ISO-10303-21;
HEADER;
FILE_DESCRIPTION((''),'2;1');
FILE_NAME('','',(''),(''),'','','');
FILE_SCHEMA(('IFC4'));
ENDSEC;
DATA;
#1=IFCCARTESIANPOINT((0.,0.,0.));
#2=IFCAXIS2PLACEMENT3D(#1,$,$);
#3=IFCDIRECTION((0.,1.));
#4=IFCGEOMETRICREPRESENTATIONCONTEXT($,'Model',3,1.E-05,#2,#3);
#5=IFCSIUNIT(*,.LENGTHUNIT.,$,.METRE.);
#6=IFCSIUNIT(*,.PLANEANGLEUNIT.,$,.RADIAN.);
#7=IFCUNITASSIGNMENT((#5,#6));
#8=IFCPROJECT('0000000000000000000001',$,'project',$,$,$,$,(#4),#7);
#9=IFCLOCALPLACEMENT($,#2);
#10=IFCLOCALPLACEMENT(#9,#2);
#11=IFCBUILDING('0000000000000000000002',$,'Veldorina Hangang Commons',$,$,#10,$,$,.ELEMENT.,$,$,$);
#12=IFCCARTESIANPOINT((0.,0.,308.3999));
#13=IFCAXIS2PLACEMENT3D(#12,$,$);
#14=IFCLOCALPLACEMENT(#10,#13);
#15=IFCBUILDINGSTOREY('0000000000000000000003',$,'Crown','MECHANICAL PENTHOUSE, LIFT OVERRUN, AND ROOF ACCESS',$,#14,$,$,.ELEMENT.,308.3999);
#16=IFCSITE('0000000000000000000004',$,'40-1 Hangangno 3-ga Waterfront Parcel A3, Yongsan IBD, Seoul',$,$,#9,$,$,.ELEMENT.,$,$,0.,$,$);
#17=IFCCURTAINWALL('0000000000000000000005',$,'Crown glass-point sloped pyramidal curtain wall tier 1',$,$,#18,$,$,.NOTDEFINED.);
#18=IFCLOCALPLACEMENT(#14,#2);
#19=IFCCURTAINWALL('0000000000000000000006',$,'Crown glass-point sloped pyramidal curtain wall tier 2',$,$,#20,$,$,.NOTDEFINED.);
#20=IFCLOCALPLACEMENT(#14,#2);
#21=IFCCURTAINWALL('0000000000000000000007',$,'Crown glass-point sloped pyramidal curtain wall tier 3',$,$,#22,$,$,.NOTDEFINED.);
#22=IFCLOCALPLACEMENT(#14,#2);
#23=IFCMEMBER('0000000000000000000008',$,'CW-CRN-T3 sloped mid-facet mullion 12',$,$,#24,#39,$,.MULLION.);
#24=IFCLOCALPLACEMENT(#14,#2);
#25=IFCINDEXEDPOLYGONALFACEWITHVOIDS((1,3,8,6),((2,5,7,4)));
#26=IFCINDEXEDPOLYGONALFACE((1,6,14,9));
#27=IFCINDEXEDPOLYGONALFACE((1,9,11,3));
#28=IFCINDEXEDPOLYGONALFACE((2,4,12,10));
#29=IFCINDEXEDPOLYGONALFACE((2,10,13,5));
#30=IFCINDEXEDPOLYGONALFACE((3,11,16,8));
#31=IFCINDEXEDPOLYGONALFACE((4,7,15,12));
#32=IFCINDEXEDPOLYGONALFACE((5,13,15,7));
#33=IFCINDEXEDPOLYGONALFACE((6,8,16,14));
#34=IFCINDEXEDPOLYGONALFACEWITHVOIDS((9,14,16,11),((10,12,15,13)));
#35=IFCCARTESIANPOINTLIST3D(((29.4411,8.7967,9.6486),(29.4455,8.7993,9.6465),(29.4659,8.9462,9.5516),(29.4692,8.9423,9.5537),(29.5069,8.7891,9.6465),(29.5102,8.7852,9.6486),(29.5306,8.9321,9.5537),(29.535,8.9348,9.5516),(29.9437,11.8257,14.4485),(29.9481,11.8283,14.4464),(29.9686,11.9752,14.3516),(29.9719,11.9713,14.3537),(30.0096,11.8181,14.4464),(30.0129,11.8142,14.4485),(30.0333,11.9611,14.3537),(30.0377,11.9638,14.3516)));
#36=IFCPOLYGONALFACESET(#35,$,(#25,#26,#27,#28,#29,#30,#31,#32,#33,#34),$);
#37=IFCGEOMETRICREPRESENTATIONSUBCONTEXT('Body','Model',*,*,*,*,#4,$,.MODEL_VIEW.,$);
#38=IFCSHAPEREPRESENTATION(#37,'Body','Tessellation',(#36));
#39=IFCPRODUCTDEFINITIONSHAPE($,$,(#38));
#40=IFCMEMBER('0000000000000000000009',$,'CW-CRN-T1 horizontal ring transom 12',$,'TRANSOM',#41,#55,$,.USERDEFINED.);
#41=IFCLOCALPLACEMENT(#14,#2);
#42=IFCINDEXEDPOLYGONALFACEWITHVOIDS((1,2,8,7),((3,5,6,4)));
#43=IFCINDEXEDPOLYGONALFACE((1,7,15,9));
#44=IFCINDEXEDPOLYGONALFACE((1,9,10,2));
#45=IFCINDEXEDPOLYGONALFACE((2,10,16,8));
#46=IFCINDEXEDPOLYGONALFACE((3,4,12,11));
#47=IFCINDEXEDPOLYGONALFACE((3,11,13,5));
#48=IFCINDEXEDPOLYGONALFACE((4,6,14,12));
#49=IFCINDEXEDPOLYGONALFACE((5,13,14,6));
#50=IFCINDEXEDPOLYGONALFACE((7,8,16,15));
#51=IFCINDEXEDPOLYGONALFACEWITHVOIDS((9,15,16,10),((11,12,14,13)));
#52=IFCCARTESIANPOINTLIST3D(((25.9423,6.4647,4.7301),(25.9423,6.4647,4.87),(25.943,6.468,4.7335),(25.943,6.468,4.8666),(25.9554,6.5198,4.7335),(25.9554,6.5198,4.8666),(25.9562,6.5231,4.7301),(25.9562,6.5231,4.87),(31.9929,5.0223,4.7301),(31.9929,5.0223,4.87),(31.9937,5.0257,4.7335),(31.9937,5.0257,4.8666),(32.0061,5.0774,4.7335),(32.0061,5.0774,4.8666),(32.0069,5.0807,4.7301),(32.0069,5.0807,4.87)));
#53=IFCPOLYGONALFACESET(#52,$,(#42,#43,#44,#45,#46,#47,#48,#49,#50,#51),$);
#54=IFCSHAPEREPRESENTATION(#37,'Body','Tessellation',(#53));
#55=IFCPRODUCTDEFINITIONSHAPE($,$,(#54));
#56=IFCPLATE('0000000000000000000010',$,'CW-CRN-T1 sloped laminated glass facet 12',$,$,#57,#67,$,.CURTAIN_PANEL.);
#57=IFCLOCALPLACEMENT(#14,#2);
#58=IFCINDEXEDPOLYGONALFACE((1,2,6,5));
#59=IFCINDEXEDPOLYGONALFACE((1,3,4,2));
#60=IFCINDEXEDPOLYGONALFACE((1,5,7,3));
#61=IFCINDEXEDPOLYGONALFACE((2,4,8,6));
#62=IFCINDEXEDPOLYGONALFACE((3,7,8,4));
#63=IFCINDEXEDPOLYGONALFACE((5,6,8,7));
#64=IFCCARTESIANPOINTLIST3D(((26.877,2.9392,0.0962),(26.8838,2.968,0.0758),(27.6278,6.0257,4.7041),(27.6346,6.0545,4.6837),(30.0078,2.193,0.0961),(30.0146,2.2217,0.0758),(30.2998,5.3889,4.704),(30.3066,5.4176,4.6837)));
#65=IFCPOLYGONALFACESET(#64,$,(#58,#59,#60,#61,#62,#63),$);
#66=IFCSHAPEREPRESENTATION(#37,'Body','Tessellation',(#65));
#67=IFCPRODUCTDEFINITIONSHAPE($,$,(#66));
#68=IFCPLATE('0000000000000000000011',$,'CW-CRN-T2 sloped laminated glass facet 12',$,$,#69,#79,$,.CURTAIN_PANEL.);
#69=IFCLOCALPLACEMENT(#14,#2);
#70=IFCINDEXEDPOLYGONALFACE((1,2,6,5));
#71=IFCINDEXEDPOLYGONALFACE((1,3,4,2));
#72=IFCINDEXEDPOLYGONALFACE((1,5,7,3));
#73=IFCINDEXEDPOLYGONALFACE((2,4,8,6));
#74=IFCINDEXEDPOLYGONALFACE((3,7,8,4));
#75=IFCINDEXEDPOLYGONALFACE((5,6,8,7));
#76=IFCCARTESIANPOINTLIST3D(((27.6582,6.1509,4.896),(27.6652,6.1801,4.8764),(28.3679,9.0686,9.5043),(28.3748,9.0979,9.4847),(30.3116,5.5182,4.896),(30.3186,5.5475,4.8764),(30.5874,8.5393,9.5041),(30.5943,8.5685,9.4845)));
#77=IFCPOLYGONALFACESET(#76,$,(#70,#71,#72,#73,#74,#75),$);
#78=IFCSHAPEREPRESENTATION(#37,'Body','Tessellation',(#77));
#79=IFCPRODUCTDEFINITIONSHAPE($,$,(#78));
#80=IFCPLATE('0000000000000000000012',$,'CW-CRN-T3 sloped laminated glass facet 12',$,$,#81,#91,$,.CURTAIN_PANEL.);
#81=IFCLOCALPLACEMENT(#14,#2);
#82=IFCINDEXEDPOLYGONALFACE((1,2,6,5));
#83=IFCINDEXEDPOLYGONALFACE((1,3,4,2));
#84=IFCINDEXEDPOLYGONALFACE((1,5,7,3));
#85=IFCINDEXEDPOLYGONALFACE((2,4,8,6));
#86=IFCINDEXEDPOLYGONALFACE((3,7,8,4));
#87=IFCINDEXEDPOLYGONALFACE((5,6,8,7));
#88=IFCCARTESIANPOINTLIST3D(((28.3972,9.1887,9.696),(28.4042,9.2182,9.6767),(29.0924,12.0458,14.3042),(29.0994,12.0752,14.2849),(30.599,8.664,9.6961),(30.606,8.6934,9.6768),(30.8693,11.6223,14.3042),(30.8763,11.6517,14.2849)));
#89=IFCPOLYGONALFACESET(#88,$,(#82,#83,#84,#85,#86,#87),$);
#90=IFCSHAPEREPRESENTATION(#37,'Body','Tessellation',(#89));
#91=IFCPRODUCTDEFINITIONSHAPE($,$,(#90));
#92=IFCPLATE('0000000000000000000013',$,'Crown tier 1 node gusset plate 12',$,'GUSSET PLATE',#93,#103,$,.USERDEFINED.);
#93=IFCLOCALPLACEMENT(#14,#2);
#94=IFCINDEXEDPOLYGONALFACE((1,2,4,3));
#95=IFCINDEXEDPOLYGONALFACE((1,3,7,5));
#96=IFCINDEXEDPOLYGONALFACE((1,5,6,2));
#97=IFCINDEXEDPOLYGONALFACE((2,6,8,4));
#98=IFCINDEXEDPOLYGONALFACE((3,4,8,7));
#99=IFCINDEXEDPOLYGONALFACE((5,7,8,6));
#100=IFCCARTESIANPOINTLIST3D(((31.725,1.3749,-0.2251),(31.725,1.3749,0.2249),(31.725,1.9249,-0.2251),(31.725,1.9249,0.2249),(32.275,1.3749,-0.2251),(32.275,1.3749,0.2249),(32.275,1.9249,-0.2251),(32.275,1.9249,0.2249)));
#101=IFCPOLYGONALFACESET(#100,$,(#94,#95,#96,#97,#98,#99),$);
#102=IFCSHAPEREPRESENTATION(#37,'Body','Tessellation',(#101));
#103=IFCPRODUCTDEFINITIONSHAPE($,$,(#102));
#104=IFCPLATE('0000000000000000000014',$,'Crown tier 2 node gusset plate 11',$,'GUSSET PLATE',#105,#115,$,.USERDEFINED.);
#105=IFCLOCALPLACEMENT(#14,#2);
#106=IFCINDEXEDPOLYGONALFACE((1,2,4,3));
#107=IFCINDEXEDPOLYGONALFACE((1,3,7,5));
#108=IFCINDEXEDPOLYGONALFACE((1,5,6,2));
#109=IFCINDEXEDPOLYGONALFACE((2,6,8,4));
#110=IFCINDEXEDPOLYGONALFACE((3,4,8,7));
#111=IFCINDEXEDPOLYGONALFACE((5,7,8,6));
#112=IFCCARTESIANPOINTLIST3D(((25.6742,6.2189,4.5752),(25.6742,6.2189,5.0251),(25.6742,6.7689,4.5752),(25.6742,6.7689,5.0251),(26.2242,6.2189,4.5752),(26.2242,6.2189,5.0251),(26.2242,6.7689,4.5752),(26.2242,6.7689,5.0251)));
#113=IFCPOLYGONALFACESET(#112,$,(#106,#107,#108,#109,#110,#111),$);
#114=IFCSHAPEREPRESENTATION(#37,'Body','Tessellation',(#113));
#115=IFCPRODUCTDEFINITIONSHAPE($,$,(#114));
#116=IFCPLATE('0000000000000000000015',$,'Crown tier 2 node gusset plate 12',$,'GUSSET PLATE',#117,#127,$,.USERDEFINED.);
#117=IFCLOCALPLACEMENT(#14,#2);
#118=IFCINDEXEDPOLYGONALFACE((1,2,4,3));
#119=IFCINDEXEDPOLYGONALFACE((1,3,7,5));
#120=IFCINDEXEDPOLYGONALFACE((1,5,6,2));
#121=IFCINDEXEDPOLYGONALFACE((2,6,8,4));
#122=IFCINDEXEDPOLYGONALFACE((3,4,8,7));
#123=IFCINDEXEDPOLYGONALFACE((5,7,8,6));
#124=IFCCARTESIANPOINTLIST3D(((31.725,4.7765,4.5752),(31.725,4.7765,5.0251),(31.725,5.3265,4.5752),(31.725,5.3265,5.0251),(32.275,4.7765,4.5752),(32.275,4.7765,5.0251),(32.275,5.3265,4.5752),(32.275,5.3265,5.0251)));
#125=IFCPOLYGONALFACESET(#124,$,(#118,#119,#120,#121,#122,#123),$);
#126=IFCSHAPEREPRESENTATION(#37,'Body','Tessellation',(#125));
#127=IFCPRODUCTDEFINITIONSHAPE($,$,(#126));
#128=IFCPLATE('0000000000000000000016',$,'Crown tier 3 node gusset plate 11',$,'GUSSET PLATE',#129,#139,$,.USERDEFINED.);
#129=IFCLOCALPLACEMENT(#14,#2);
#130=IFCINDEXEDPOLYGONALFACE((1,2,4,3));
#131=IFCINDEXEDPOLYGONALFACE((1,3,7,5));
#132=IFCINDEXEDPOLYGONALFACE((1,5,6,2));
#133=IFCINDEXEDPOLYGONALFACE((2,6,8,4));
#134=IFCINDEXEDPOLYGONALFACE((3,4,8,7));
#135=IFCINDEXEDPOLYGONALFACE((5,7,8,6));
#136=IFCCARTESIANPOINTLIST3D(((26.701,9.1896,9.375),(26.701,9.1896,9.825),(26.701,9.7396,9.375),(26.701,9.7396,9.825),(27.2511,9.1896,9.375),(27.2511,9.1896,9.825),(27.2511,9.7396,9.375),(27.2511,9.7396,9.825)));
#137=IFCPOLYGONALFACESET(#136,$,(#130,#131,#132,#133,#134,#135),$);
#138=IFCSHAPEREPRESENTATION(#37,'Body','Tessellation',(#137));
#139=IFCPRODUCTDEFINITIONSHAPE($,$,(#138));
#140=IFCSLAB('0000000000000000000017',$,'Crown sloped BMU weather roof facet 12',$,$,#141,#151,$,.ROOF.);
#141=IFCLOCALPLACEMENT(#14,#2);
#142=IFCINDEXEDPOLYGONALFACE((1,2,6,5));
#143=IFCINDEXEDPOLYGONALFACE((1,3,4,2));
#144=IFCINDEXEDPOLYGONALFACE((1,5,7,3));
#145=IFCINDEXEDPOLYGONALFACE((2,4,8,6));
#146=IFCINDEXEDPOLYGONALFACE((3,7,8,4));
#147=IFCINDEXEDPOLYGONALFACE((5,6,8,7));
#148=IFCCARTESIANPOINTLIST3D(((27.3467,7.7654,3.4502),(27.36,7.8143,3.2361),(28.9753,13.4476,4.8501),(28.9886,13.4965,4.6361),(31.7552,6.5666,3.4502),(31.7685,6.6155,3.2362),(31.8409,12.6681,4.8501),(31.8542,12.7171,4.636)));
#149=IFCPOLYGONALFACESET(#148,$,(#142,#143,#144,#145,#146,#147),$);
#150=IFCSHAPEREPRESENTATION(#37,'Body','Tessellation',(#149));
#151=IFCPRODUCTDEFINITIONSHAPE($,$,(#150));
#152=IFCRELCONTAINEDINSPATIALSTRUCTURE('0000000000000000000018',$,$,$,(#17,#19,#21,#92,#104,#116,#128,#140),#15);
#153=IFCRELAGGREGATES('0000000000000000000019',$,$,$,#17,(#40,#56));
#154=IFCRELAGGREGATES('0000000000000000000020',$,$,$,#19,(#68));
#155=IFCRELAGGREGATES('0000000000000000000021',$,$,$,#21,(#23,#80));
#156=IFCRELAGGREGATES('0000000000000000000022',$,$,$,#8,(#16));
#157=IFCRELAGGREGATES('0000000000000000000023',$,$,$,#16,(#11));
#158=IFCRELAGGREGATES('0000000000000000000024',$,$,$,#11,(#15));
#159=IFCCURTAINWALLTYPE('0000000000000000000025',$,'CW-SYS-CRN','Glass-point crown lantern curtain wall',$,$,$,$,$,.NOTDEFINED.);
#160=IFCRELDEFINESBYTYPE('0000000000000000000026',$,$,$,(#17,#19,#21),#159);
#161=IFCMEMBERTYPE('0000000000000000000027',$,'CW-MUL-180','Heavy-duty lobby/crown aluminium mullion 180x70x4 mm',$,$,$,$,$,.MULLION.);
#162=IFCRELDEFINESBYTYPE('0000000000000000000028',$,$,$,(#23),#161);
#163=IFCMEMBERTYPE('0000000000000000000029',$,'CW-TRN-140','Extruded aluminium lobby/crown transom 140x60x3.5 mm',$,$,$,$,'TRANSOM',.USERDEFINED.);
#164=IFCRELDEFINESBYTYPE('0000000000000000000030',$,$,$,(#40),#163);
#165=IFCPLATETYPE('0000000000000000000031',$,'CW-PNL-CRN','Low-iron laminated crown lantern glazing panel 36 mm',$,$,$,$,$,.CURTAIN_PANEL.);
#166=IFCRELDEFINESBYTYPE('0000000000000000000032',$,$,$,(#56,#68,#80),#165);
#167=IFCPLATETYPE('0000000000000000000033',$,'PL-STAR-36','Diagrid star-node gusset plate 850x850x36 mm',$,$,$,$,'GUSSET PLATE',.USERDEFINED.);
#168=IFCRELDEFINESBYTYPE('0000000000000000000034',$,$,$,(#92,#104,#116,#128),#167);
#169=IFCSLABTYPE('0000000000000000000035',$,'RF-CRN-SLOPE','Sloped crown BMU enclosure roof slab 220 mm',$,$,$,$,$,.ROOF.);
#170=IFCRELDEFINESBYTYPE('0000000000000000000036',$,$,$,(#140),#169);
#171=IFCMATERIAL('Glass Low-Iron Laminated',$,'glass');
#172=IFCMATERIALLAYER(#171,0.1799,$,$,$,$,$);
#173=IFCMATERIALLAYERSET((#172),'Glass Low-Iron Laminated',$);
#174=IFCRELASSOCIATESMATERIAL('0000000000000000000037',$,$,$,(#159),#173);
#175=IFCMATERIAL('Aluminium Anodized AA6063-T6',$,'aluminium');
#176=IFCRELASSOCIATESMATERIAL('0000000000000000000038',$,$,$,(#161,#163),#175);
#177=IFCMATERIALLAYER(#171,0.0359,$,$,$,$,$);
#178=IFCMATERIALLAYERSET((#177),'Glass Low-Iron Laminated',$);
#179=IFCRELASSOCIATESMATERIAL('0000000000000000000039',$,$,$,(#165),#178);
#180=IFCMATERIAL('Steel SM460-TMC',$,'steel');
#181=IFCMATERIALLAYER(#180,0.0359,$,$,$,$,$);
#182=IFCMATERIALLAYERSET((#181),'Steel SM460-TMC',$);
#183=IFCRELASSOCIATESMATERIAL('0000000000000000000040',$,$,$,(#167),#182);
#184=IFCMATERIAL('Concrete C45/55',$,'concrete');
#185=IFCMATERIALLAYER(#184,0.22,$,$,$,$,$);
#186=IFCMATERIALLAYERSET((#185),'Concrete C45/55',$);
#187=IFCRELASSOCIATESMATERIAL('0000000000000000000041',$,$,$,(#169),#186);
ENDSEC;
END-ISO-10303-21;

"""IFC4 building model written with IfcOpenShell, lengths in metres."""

from ifc_helpers import new_model, si_unit, direction, frame, origin, origin_2d, place, context, subcontext, project, spatial, polyline, rectangle, hollow_rectangle, outline, extrude, material, layer, layer_set, material_profile, profile_set, type_object, element, aggregate, save


model = new_model("IFC4")

# Units and contexts
model_context = context("Model", 3, precision=1e-05, world=origin(), true_north=direction((0.0, 1.0)))
body_context = subcontext(model_context, "Body", "Model", "MODEL_VIEW")
ifc_project = project(units=[si_unit("LENGTHUNIT", "METRE"), si_unit("PLANEANGLEUNIT", "RADIAN")], contexts=[model_context])

# Site, building, storey
site_placement = place(None, origin())
site = spatial("IfcSite", under=ifc_project, at=site_placement, Name="40-1 Hangangno 3-ga Waterfront Parcel A3, Yongsan IBD, Seoul", CompositionType="ELEMENT", RefElevation=0.0)
building_placement = place(site_placement, origin())
building = spatial("IfcBuilding", under=site, at=building_placement, Name="Veldorina Hangang Commons", CompositionType="ELEMENT")
storey_placement = place(building_placement, frame((0.0, 0.0, 308.3999)))
storey = spatial("IfcBuildingStorey", under=building, at=storey_placement, Name="Crown", Description="MECHANICAL PENTHOUSE, LIFT OVERRUN, AND ROOF ACCESS", CompositionType="ELEMENT", Elevation=308.3999)

# Shared definitions
ifc_material_1 = material(Name="Steel SM460-TMC", Category="steel")

# Curtain walls, member
ifc_material_2 = material(Name="Glass Low-Iron Laminated", Category="glass")
ifc_layer_1 = layer(ifc_material_2, 0.1799)
ifc_layer_set_1 = layer_set([ifc_layer_1], Name="Glass Low-Iron Laminated")
curtain_wall_type = type_object("IfcCurtainWallType", Name="CW-SYS-CRN", Description="Glass-point crown lantern curtain wall", PredefinedType="NOTDEFINED", material=ifc_layer_set_1)
curtain_wall_1_placement = place(storey_placement, origin())
curtain_wall_1 = element("IfcCurtainWall", 1, at=curtain_wall_1_placement, inside=storey, type_object=curtain_wall_type, Name="Crown glass-point sloped pyramidal curtain wall tier 1", PredefinedType="NOTDEFINED")
ifc_material_3 = material(Name="Aluminium Anodized AA6063-T6", Category="aluminium")
ifc_material_profile_1 = material_profile(ifc_material_3, hollow_rectangle(XDim=0.0701, YDim=0.1799, WallThickness=0.0039, at=origin_2d()), Name="ALU-RHS-180x70x4")
ifc_profile_set_1 = profile_set([ifc_material_profile_1], Name="Aluminium Anodized AA6063-T6")
member_type_1 = type_object("IfcMemberType", Name="CW-MUL-180", Description="Heavy-duty lobby/crown aluminium mullion 180x70x4 mm", PredefinedType="MULLION", material=ifc_profile_set_1)
curtain_wall_2_placement = place(storey_placement, origin())
curtain_wall_2 = element("IfcCurtainWall", 2, at=curtain_wall_2_placement, inside=storey, type_object=curtain_wall_type, Name="Crown glass-point sloped pyramidal curtain wall tier 2", PredefinedType="NOTDEFINED")
curtain_wall_3_placement = place(storey_placement, origin())
curtain_wall_3 = element("IfcCurtainWall", 3, at=curtain_wall_3_placement, inside=storey, type_object=curtain_wall_type, Name="Crown glass-point sloped pyramidal curtain wall tier 3", PredefinedType="NOTDEFINED")
member_1_placement = place(storey_placement, frame((29.488, 8.8657, 9.6001), z_axis=(0.08822, 0.53159, 0.842395), x_axis=(-0.986508, 0.163716, 0.0)))
member_1 = element("IfcMember", 4, at=member_1_placement, type_object=member_type_1, Name="CW-CRN-T3 sloped mid-facet mullion 12", PredefinedType="MULLION", context=body_context, shape_type="SweptSolid", body=[
    extrude(hollow_rectangle(XDim=0.0701, YDim=0.1799, WallThickness=0.0039, at=origin_2d()), origin(), (0.0, 0.0, 1.0), 5.698),
])

# Member
ifc_material_profile_2 = material_profile(ifc_material_3, hollow_rectangle(XDim=0.0601, YDim=0.1399, WallThickness=0.0034, at=origin_2d()), Name="ALU-RHS-140x60x3.5")
ifc_profile_set_2 = profile_set([ifc_material_profile_2], Name="Aluminium Anodized AA6063-T6")
member_type_2 = type_object("IfcMemberType", Name="CW-TRN-140", Description="Extruded aluminium lobby/crown transom 140x60x3.5 mm", ElementType="TRANSOM", PredefinedType="USERDEFINED", material=ifc_profile_set_2)
member_2_placement = place(storey_placement, frame((25.9492, 6.4939, 4.8), z_axis=(0.972744, -0.231882, 0.0), x_axis=(0.231882, 0.972744, 0.0)))
member_2 = element("IfcMember", 5, at=member_2_placement, type_object=member_type_2, Name="CW-CRN-T1 horizontal ring transom 12", ObjectType="TRANSOM", PredefinedType="USERDEFINED", context=body_context, shape_type="SweptSolid", body=[
    extrude(hollow_rectangle(XDim=0.0601, YDim=0.1399, WallThickness=0.0034, at=origin_2d()), origin(), (0.0, 0.0, 1.0), 6.2202),
])

# Plates
ifc_layer_2 = layer(ifc_material_2, 0.0359)
ifc_layer_set_2 = layer_set([ifc_layer_2], Name="Glass Low-Iron Laminated")
plate_type_1 = type_object("IfcPlateType", Name="CW-PNL-CRN", Description="Low-iron laminated crown lantern glazing panel 36 mm", PredefinedType="CURTAIN_PANEL", material=ifc_layer_set_2)
plate_1_placement = place(storey_placement, frame((26.877, 2.9392, 0.0962), z_axis=(-0.190881, -0.800893, 0.56757), x_axis=(0.97275, -0.231855, -0.00002)))
plate_1 = element("IfcPlate", 6, at=plate_1_placement, type_object=plate_type_1, Name="CW-CRN-T1 sloped laminated glass facet 12", PredefinedType="CURTAIN_PANEL", context=body_context, shape_type="SweptSolid", body=[
    extrude(outline(polyline([(0.0, 0.0), (3.2185, 0.0), (2.7615, 5.5967), (0.0146, 5.5967), (0.0, 0.0)])), origin(), (0.0, 0.0, -1.0), 0.0359),
])
aggregate(curtain_wall_1, [member_2, plate_1])
plate_2_placement = place(storey_placement, frame((27.6582, 6.1509, 4.896), z_axis=(-0.194323, -0.814983, 0.545932), x_axis=(0.972733, -0.231928, 0.000014)))
plate_2 = element("IfcPlate", 7, at=plate_2_placement, type_object=plate_type_1, Name="CW-CRN-T2 sloped laminated glass facet 12", PredefinedType="CURTAIN_PANEL", context=body_context, shape_type="SweptSolid", body=[
    extrude(outline(polyline([(0.0, 0.0), (2.7278, 0.0), (2.2954, 5.5), (0.0137, 5.5002), (0.0, 0.0)])), origin(), (0.0, 0.0, -1.0), 0.0359),
])
aggregate(curtain_wall_2, [plate_2])
plate_3_placement = place(storey_placement, frame((28.3972, 9.1887, 9.696), z_axis=(-0.195447, -0.820034, 0.537908), x_axis=(0.972755, -0.231836, 0.000017)))
plate_3 = element("IfcPlate", 8, at=plate_3_placement, type_object=plate_type_1, Name="CW-CRN-T3 sloped laminated glass facet 12", PredefinedType="CURTAIN_PANEL", context=body_context, shape_type="SweptSolid", body=[
    extrude(outline(polyline([(0.0, 0.0), (2.2634, 0.0), (1.8406, 5.4663), (0.0139, 5.4663), (0.0, 0.0)])), origin(), (0.0, 0.0, -1.0), 0.0359),
])
aggregate(curtain_wall_3, [member_1, plate_3])

# Plates
ifc_layer_3 = layer(ifc_material_1, 0.0359)
ifc_layer_set_3 = layer_set([ifc_layer_3], Name="Steel SM460-TMC")
plate_type_2 = type_object("IfcPlateType", Name="PL-STAR-36", Description="Diagrid star-node gusset plate 850x850x36 mm", ElementType="GUSSET PLATE", PredefinedType="USERDEFINED", material=ifc_layer_set_3)
for number, where, z_axis, x_axis, name in (
    (9, (32.0, 1.6499, -0.2251), (0.0, 0.0, 1.0), (1.0, 0.0, 0.0), "Crown tier 1 node gusset plate 12"),
    (10, (25.9492, 6.4939, 4.5752), (0.0, 0.0, 1.0), (1.0, 0.0, 0.0), "Crown tier 2 node gusset plate 11"),
    (11, (32.0, 5.0515, 4.5752), (0.0, 0.0, 1.0), (1.0, 0.0, 0.0), "Crown tier 2 node gusset plate 12"),
    (12, (26.9761, 9.4646, 9.375), (0.0, 0.0, 1.0), (1.0, 0.0, 0.0), "Crown tier 3 node gusset plate 11"),
):
    element("IfcPlate", number, at=place(storey_placement, frame(where, z_axis=z_axis, x_axis=x_axis)), inside=storey, type_object=plate_type_2, Name=name, ObjectType="GUSSET PLATE", PredefinedType="USERDEFINED", context=body_context, shape_type="SweptSolid", body=[
        extrude(rectangle(XDim=0.55, YDim=0.55, at=origin_2d()), origin(), (0.0, 0.0, 1.0), 0.45),
    ])

# Slab
ifc_material_4 = material(Name="Concrete C45/55", Category="concrete")
ifc_layer_4 = layer(ifc_material_4, 0.22)
ifc_layer_set_4 = layer_set([ifc_layer_4], Name="Concrete C45/55")
slab_type = type_object("IfcSlabType", Name="RF-CRN-SLOPE", Description="Sloped crown BMU enclosure roof slab 220 mm", PredefinedType="ROOF", material=ifc_layer_set_4)
slab_placement = place(storey_placement, frame((27.3467, 7.7654, 3.4502), z_axis=(-0.060479, -0.222404, 0.973077), x_axis=(0.964962, -0.26239, 0.000004)))
element("IfcSlab", 13, at=slab_placement, inside=storey, type_object=slab_type, Name="Crown sloped BMU weather roof facet 12", PredefinedType="ROOF", context=body_context, shape_type="SweptSolid", body=[
    extrude(outline(polyline([(0.0, 0.0), (4.5686, 0.0), (3.0503, 6.0737), (0.0806, 6.074), (0.0, 0.0)])), origin(), (0.0, 0.0, -1.0), 0.22),
])

save(model, "model.ifc")
